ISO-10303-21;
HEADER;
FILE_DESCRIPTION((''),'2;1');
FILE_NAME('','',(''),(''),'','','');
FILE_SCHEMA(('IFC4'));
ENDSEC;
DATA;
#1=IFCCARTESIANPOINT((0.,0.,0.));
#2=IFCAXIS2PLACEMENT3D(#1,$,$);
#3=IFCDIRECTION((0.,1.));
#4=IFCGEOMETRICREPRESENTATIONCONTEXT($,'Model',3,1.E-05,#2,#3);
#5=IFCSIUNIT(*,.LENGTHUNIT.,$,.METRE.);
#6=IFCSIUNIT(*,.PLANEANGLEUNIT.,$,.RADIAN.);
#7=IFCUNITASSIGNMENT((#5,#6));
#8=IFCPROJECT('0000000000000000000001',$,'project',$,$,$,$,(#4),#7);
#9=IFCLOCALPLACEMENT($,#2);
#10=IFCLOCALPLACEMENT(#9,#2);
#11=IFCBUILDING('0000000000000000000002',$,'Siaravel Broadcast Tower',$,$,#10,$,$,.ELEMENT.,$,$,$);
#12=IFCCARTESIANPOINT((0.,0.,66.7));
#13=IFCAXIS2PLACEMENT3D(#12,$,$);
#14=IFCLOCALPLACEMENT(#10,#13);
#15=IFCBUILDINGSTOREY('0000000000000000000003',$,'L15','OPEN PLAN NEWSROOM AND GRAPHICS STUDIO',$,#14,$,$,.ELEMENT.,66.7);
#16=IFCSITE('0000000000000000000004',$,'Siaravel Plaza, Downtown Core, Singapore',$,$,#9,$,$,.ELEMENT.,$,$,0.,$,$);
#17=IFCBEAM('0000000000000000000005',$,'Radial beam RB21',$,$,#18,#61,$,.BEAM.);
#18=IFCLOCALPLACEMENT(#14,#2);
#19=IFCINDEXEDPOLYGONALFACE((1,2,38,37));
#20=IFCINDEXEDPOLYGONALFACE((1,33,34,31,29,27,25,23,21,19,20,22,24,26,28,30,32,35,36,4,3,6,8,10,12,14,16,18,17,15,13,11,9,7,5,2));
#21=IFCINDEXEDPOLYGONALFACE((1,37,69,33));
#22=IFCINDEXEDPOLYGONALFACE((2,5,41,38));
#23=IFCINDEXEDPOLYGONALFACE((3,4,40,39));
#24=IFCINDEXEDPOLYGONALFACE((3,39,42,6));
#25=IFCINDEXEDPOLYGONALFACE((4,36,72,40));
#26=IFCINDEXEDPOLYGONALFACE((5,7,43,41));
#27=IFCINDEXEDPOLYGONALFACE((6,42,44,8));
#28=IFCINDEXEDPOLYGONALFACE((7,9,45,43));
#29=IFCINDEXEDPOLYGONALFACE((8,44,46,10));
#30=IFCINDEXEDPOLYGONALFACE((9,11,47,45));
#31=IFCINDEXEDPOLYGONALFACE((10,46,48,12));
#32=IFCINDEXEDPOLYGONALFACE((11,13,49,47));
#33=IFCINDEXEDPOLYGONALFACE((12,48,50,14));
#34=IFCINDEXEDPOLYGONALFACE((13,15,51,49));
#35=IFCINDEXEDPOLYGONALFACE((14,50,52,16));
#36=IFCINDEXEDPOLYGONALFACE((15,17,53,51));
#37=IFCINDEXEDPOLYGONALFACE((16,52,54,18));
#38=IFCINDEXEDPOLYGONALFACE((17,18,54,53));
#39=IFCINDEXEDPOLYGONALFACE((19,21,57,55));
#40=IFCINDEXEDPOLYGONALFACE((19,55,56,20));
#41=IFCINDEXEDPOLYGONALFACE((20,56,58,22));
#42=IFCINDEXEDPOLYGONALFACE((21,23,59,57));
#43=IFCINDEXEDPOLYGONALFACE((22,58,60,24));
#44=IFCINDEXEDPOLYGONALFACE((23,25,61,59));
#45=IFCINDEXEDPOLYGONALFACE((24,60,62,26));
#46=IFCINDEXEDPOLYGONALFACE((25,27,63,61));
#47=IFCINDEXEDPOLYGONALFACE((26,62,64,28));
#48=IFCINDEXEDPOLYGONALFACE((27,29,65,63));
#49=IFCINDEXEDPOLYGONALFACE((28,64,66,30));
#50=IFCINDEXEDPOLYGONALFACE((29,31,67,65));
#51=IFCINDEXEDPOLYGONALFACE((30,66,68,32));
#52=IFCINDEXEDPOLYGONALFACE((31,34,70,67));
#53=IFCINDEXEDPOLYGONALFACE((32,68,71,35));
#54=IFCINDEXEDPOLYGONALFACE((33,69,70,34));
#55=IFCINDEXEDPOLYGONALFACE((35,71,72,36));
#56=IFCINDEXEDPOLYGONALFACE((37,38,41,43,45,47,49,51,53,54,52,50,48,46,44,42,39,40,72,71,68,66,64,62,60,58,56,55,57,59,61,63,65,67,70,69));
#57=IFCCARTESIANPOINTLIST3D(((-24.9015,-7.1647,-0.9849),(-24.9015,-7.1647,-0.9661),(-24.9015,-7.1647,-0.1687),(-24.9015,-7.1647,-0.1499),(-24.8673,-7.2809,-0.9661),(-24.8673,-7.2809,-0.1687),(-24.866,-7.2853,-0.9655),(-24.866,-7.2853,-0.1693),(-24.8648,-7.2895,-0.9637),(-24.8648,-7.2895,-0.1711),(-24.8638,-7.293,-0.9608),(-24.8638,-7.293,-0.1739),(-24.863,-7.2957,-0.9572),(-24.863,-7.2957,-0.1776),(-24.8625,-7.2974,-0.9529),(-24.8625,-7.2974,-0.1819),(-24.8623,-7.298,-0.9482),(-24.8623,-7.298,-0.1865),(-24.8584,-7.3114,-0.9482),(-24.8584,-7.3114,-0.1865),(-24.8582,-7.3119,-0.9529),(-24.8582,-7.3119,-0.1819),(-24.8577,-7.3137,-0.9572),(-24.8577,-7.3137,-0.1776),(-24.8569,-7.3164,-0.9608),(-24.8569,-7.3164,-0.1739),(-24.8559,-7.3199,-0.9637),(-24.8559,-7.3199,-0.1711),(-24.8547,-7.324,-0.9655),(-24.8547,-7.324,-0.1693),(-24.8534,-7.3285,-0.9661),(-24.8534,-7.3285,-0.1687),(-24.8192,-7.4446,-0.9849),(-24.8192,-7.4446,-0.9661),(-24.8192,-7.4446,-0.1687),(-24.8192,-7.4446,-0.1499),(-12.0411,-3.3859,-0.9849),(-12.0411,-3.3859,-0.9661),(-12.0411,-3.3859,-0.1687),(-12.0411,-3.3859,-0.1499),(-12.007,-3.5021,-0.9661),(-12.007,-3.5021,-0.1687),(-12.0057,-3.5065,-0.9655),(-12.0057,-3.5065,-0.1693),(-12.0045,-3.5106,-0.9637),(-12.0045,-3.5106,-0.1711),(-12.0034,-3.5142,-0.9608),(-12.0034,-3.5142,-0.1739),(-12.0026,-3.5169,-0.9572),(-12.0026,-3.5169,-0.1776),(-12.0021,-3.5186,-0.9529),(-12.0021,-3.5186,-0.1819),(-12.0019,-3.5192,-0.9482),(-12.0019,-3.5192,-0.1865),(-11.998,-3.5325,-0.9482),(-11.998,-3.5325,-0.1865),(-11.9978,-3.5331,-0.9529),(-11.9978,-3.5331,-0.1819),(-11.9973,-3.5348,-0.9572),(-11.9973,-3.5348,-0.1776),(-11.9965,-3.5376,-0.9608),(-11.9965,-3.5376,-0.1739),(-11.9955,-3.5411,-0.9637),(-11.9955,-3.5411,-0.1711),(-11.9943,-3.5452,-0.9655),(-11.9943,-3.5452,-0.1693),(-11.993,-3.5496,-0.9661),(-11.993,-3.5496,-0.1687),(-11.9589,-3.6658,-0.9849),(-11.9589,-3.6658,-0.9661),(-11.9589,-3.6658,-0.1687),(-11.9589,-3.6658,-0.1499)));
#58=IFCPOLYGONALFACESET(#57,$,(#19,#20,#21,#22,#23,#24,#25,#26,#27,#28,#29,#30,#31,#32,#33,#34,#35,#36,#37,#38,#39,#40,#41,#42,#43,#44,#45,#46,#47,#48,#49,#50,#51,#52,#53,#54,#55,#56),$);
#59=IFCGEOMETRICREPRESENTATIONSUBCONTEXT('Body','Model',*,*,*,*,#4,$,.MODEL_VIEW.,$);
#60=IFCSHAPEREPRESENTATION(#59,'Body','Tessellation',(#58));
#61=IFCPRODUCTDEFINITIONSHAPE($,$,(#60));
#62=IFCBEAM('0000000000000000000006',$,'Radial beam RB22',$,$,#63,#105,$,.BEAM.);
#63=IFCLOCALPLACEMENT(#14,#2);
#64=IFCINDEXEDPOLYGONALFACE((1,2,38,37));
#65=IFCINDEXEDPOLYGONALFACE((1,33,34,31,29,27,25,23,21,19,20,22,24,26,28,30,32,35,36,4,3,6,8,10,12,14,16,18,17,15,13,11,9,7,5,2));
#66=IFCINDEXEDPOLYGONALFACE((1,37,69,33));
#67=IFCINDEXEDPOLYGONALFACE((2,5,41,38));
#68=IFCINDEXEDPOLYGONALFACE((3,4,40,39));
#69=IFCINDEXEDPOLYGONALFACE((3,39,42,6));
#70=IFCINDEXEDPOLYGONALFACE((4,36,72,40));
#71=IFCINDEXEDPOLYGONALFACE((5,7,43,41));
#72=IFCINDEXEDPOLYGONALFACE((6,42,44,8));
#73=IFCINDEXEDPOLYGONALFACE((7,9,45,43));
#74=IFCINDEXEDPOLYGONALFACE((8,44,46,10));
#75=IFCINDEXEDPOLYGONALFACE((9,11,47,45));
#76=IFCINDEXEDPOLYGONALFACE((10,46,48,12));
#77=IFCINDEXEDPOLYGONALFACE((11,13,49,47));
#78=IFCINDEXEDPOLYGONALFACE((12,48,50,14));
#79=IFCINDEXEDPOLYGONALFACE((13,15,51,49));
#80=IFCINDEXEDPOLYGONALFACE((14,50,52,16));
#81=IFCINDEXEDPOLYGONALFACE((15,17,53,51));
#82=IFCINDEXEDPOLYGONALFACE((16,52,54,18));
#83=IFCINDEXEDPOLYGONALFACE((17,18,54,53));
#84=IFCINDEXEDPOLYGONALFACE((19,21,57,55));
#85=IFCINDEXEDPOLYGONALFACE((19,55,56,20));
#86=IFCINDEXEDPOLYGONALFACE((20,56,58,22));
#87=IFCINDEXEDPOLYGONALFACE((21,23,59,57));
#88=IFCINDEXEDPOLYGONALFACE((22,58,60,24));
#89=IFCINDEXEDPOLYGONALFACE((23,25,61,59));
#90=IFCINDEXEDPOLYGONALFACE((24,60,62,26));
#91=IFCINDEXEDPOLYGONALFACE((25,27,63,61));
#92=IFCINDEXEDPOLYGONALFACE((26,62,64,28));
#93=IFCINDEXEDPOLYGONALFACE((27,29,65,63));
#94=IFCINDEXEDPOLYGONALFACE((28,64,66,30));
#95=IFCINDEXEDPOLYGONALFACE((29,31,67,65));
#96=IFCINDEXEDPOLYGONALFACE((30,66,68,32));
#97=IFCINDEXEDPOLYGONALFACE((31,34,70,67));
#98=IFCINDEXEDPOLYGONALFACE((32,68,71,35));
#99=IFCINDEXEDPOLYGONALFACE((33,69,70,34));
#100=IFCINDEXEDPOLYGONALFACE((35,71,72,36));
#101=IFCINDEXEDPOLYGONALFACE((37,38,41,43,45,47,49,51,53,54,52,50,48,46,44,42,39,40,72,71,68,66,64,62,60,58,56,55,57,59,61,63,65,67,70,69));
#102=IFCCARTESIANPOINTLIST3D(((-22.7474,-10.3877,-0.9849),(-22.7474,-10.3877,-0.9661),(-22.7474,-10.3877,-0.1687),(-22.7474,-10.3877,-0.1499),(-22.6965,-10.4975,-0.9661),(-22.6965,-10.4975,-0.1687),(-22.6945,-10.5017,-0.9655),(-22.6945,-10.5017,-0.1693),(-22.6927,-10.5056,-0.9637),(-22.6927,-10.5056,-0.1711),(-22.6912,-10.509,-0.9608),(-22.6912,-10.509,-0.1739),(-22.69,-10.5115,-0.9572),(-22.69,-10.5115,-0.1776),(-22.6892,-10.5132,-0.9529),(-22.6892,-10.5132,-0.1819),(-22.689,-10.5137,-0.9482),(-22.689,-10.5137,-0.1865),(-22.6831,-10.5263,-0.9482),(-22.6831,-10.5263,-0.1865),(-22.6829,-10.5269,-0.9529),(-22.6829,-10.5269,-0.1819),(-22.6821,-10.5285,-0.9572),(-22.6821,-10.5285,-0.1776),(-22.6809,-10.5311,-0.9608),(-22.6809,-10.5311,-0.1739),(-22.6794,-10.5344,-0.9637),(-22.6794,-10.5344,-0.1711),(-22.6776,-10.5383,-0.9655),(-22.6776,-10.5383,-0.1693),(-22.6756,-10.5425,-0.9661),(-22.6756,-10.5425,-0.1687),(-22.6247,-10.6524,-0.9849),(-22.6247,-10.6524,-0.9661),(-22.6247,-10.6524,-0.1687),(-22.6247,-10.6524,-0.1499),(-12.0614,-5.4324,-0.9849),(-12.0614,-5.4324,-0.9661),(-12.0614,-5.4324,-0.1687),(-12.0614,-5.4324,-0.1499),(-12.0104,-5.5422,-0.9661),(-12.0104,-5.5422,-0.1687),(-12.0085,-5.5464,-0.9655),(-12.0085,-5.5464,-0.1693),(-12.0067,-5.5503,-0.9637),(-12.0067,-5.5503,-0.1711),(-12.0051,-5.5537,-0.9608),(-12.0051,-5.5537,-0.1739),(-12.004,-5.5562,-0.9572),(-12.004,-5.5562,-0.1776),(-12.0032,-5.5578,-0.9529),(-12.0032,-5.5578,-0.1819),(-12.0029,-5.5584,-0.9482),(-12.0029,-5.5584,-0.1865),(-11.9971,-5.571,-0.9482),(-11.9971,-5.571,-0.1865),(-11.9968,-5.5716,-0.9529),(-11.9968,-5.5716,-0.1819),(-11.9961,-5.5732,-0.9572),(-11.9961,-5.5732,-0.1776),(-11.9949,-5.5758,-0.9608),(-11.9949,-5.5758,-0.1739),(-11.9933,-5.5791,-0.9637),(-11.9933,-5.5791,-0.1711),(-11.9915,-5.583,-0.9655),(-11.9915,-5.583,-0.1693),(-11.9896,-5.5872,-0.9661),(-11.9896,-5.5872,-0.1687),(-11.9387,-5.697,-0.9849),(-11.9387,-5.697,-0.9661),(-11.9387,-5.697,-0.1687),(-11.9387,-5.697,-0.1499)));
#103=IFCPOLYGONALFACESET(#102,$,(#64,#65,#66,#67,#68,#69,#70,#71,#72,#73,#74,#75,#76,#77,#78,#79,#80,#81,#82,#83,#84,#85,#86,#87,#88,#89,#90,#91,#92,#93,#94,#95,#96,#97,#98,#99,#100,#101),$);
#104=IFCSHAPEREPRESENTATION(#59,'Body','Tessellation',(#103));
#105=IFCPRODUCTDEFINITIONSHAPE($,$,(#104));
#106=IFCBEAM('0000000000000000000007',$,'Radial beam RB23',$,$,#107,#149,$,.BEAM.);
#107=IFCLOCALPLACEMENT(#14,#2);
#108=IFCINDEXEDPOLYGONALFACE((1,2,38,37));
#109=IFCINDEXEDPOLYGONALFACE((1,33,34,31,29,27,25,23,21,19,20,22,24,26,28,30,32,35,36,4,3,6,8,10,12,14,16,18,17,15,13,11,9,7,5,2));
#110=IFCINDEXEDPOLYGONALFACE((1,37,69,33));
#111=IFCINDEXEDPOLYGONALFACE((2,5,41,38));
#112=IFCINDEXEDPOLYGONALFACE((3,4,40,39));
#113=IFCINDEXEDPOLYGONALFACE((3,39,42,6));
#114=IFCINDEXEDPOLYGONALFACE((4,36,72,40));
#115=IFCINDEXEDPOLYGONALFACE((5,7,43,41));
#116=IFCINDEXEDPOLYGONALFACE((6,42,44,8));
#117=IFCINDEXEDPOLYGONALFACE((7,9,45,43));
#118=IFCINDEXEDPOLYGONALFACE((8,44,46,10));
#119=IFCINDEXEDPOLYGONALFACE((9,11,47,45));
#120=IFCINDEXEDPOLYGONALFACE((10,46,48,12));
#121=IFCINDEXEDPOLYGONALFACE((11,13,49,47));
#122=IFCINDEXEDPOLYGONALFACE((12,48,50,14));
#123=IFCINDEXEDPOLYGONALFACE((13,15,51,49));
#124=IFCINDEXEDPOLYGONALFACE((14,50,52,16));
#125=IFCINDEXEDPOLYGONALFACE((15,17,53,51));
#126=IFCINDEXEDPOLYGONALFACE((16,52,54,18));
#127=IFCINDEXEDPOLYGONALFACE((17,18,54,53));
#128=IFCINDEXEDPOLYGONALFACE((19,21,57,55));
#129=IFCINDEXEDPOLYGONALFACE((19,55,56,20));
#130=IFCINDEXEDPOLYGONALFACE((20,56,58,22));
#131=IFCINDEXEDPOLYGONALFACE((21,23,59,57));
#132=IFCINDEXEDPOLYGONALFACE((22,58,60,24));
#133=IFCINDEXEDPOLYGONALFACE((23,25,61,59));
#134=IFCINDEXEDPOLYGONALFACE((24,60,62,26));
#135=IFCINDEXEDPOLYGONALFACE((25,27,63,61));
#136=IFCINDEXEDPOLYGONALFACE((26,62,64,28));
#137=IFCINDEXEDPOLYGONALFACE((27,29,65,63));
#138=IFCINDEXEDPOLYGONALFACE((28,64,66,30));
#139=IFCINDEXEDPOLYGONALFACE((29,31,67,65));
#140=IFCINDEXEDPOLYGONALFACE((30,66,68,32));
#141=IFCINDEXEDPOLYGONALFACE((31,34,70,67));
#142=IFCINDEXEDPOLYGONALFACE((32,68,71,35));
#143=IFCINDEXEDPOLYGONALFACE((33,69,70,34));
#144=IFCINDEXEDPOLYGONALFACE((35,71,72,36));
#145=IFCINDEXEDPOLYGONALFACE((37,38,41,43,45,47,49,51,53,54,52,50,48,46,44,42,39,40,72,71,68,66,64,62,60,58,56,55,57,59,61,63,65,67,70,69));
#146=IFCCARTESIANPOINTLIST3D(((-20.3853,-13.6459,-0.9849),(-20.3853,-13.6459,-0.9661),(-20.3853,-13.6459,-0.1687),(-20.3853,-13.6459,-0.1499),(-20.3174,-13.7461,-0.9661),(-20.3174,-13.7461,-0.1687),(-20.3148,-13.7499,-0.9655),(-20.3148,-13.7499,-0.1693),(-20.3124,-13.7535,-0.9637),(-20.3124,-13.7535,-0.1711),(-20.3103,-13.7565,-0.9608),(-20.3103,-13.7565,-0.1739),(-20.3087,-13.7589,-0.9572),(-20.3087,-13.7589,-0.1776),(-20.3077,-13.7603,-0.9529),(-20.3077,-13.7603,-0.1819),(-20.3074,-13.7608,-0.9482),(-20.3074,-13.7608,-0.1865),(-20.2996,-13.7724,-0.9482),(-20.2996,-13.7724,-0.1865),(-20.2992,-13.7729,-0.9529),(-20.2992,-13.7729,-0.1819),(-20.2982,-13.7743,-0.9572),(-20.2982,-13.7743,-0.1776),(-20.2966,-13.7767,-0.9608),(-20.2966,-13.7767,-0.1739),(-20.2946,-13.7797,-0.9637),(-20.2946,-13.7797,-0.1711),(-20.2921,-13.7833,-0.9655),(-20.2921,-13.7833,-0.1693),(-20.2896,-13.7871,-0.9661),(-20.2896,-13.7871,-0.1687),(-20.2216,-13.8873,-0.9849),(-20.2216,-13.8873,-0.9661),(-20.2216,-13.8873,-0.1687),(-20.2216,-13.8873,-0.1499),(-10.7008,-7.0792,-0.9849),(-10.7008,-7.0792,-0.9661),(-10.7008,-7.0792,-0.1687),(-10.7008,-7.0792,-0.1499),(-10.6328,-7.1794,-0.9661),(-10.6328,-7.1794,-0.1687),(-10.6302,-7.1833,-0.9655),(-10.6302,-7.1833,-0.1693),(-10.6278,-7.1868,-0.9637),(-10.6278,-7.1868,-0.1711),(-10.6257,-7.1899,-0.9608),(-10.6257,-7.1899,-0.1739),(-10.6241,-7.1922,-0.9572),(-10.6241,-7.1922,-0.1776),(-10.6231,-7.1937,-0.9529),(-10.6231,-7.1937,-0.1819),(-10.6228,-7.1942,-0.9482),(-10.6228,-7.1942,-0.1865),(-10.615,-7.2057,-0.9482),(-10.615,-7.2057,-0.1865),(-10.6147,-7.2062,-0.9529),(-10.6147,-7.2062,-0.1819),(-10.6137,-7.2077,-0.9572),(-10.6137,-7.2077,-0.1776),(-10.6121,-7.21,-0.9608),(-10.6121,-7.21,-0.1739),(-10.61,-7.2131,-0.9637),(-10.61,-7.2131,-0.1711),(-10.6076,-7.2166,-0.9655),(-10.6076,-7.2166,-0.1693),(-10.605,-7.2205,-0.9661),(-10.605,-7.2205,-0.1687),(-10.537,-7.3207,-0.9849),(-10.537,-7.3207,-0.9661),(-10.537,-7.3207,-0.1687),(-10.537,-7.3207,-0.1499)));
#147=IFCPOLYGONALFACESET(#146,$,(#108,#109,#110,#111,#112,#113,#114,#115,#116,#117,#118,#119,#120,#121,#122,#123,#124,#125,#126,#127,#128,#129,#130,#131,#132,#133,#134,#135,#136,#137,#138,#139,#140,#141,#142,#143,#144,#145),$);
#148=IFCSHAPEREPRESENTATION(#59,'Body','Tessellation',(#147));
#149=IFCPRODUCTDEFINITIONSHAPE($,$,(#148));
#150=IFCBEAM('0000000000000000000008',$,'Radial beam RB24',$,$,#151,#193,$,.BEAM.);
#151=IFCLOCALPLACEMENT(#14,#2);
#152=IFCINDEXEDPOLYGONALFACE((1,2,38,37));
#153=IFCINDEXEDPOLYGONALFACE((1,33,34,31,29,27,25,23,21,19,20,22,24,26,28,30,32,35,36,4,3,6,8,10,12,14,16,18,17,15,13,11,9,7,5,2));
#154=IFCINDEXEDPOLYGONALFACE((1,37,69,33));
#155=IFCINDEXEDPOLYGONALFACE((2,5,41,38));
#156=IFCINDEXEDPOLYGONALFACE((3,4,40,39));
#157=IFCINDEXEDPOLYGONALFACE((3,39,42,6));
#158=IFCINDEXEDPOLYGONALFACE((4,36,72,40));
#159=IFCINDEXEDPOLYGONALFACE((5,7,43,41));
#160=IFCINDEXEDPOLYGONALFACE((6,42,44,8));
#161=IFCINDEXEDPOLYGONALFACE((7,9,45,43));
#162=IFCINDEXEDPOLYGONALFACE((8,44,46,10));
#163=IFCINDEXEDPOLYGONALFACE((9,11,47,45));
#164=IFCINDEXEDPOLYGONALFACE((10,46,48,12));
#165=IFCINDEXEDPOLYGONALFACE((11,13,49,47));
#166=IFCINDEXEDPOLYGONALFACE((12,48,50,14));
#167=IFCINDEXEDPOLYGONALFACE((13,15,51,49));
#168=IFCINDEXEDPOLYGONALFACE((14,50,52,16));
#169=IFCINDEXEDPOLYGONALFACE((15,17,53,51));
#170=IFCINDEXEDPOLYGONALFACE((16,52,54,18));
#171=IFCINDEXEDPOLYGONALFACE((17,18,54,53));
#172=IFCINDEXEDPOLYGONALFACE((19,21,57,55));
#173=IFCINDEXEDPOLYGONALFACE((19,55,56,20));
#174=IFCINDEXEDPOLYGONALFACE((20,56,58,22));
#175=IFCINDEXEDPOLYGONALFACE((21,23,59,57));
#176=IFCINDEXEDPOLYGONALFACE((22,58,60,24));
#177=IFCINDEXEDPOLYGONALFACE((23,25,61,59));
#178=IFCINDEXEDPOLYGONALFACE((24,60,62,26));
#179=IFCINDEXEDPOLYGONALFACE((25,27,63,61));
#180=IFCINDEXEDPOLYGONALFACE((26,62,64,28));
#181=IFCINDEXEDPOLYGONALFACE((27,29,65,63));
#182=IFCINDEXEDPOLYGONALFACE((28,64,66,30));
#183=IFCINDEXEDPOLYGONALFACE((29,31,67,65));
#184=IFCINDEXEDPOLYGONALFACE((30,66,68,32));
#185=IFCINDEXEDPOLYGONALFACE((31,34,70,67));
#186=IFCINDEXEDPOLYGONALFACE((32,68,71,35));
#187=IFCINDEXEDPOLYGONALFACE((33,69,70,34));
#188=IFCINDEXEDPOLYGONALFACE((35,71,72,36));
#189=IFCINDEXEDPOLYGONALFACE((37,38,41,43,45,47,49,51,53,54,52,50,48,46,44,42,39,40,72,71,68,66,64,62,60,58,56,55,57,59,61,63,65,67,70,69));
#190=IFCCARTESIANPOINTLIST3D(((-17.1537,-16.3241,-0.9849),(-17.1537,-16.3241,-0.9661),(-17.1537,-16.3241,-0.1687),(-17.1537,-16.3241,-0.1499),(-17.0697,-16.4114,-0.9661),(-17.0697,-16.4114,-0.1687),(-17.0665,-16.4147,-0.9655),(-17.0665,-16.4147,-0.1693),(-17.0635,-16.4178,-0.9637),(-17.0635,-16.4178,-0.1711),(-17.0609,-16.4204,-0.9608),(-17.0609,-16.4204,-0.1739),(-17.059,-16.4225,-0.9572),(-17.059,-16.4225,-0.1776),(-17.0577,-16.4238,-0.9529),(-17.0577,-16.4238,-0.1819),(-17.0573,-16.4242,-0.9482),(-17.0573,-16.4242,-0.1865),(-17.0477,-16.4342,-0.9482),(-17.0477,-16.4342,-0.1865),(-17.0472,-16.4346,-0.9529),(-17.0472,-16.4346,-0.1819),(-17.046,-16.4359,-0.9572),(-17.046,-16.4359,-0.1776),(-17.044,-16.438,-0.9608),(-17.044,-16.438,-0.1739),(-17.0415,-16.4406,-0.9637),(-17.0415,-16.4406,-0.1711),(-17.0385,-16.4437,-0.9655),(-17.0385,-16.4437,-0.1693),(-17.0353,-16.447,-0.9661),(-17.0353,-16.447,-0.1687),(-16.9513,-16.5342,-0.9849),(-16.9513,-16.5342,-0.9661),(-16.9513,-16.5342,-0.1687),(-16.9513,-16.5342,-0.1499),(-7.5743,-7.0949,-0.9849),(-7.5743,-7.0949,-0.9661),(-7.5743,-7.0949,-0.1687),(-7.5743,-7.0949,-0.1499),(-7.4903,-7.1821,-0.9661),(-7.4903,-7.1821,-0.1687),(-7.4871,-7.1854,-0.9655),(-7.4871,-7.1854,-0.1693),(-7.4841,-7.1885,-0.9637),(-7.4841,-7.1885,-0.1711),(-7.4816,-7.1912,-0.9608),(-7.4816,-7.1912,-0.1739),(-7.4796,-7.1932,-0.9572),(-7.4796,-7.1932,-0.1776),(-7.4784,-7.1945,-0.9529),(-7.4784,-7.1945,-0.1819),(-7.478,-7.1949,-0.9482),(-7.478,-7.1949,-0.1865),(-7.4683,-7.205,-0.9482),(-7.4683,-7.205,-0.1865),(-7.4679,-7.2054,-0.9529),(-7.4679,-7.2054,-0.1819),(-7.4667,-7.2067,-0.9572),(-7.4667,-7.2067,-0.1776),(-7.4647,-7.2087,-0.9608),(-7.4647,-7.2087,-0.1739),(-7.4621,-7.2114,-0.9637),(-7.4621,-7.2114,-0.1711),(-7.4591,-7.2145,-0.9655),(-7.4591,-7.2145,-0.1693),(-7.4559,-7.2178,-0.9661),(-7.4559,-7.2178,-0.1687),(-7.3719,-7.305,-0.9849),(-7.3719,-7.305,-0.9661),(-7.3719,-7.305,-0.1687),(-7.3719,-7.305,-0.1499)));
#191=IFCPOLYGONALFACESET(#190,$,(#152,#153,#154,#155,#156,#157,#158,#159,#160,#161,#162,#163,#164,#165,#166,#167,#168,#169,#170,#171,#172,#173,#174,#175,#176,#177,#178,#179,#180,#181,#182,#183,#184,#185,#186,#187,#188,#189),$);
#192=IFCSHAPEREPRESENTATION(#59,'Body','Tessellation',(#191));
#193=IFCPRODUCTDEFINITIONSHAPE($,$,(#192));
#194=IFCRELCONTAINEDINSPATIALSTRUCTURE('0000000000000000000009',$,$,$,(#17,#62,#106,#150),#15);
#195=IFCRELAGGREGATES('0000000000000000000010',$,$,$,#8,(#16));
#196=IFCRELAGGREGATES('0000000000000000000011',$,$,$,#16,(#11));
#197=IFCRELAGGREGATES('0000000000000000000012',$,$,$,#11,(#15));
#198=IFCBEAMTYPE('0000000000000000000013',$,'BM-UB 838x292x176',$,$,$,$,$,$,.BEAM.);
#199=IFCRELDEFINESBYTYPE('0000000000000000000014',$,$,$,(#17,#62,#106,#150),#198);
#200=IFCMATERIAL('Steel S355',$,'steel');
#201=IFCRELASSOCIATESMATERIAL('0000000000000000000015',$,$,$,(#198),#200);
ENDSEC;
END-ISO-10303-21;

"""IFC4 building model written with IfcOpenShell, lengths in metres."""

from ifc_helpers import new_model, si_unit, direction, frame, origin, origin_2d, place, context, subcontext, project, spatial, i_section, extrude, material, material_profile, profile_set, type_object, element, save


model = new_model("IFC4")

# Units and contexts
model_context = context("Model", 3, precision=1e-05, world=origin(), true_north=direction((0.0, 1.0)))
body_context = subcontext(model_context, "Body", "Model", "MODEL_VIEW")
ifc_project = project(units=[si_unit("LENGTHUNIT", "METRE"), si_unit("PLANEANGLEUNIT", "RADIAN")], contexts=[model_context])

# Site, building, storey
site_placement = place(None, origin())
site = spatial("IfcSite", under=ifc_project, at=site_placement, Name="Siaravel Plaza, Downtown Core, Singapore", CompositionType="ELEMENT", RefElevation=0.0)
building_placement = place(site_placement, origin())
building = spatial("IfcBuilding", under=site, at=building_placement, Name="Siaravel Broadcast Tower", CompositionType="ELEMENT")
storey_placement = place(building_placement, frame((0.0, 0.0, 66.7)))
storey = spatial("IfcBuildingStorey", under=building, at=storey_placement, Name="L15", Description="OPEN PLAN NEWSROOM AND GRAPHICS STUDIO", CompositionType="ELEMENT", Elevation=66.7)

# Beams
ifc_material_1 = material(Name="Steel S355", Category="steel")
ifc_material_profile_1 = material_profile(ifc_material_1, i_section(OverallWidth=0.2917, OverallDepth=0.835, WebThickness=0.0139, FlangeThickness=0.0188, FilletRadius=0.0178, at=origin_2d()))
ifc_profile_set_1 = profile_set([ifc_material_profile_1], Name="Steel S355")
beam_type = type_object("IfcBeamType", Name="BM-UB 838x292x176", PredefinedType="BEAM", material=ifc_profile_set_1)
beam_1_placement = place(storey_placement, frame((-24.8604, -7.3047, -0.5674), z_axis=(0.959439, 0.281916, 0.0), x_axis=(-0.281916, 0.959439, 0.0)))
element("IfcBeam", 1, at=beam_1_placement, inside=storey, type_object=beam_type, Name="Radial beam RB21", PredefinedType="BEAM", context=body_context, shape_type="SweptSolid", body=[
    extrude(i_section(OverallWidth=0.2917, OverallDepth=0.835, WebThickness=0.0139, FlangeThickness=0.0188, FilletRadius=0.0178, at=origin_2d()), origin(), (0.0, 0.0, 1.0), 13.4041),
])
beam_2_placement = place(storey_placement, frame((-22.686, -10.52, -0.5674), z_axis=(0.907205, 0.420689, 0.0), x_axis=(-0.420689, 0.907205, 0.0)))
element("IfcBeam", 2, at=beam_2_placement, inside=storey, type_object=beam_type, Name="Radial beam RB22", PredefinedType="BEAM", context=body_context, shape_type="SweptSolid", body=[
    extrude(i_section(OverallWidth=0.2917, OverallDepth=0.835, WebThickness=0.0139, FlangeThickness=0.0188, FilletRadius=0.0178, at=origin_2d()), origin(), (0.0, 0.0, 1.0), 11.7791),
])
beam_3_placement = place(storey_placement, frame((-20.3035, -13.7666, -0.5674), z_axis=(0.827675, 0.561207, 0.0), x_axis=(-0.561207, 0.827675, 0.0)))
element("IfcBeam", 3, at=beam_3_placement, inside=storey, type_object=beam_type, Name="Radial beam RB23", PredefinedType="BEAM", context=body_context, shape_type="SweptSolid", body=[
    extrude(i_section(OverallWidth=0.2917, OverallDepth=0.835, WebThickness=0.0139, FlangeThickness=0.0188, FilletRadius=0.0178, at=origin_2d()), origin(), (0.0, 0.0, 1.0), 11.7009),
])
beam_4_placement = place(storey_placement, frame((-17.0525, -16.4292, -0.5674), z_axis=(0.720144, 0.693825, 0.0), x_axis=(-0.693825, 0.720144, 0.0)))
element("IfcBeam", 4, at=beam_4_placement, inside=storey, type_object=beam_type, Name="Radial beam RB24", PredefinedType="BEAM", context=body_context, shape_type="SweptSolid", body=[
    extrude(i_section(OverallWidth=0.2917, OverallDepth=0.835, WebThickness=0.0139, FlangeThickness=0.0188, FilletRadius=0.0178, at=origin_2d()), origin(), (0.0, 0.0, 1.0), 13.302),
])

save(model, "model.ifc")
